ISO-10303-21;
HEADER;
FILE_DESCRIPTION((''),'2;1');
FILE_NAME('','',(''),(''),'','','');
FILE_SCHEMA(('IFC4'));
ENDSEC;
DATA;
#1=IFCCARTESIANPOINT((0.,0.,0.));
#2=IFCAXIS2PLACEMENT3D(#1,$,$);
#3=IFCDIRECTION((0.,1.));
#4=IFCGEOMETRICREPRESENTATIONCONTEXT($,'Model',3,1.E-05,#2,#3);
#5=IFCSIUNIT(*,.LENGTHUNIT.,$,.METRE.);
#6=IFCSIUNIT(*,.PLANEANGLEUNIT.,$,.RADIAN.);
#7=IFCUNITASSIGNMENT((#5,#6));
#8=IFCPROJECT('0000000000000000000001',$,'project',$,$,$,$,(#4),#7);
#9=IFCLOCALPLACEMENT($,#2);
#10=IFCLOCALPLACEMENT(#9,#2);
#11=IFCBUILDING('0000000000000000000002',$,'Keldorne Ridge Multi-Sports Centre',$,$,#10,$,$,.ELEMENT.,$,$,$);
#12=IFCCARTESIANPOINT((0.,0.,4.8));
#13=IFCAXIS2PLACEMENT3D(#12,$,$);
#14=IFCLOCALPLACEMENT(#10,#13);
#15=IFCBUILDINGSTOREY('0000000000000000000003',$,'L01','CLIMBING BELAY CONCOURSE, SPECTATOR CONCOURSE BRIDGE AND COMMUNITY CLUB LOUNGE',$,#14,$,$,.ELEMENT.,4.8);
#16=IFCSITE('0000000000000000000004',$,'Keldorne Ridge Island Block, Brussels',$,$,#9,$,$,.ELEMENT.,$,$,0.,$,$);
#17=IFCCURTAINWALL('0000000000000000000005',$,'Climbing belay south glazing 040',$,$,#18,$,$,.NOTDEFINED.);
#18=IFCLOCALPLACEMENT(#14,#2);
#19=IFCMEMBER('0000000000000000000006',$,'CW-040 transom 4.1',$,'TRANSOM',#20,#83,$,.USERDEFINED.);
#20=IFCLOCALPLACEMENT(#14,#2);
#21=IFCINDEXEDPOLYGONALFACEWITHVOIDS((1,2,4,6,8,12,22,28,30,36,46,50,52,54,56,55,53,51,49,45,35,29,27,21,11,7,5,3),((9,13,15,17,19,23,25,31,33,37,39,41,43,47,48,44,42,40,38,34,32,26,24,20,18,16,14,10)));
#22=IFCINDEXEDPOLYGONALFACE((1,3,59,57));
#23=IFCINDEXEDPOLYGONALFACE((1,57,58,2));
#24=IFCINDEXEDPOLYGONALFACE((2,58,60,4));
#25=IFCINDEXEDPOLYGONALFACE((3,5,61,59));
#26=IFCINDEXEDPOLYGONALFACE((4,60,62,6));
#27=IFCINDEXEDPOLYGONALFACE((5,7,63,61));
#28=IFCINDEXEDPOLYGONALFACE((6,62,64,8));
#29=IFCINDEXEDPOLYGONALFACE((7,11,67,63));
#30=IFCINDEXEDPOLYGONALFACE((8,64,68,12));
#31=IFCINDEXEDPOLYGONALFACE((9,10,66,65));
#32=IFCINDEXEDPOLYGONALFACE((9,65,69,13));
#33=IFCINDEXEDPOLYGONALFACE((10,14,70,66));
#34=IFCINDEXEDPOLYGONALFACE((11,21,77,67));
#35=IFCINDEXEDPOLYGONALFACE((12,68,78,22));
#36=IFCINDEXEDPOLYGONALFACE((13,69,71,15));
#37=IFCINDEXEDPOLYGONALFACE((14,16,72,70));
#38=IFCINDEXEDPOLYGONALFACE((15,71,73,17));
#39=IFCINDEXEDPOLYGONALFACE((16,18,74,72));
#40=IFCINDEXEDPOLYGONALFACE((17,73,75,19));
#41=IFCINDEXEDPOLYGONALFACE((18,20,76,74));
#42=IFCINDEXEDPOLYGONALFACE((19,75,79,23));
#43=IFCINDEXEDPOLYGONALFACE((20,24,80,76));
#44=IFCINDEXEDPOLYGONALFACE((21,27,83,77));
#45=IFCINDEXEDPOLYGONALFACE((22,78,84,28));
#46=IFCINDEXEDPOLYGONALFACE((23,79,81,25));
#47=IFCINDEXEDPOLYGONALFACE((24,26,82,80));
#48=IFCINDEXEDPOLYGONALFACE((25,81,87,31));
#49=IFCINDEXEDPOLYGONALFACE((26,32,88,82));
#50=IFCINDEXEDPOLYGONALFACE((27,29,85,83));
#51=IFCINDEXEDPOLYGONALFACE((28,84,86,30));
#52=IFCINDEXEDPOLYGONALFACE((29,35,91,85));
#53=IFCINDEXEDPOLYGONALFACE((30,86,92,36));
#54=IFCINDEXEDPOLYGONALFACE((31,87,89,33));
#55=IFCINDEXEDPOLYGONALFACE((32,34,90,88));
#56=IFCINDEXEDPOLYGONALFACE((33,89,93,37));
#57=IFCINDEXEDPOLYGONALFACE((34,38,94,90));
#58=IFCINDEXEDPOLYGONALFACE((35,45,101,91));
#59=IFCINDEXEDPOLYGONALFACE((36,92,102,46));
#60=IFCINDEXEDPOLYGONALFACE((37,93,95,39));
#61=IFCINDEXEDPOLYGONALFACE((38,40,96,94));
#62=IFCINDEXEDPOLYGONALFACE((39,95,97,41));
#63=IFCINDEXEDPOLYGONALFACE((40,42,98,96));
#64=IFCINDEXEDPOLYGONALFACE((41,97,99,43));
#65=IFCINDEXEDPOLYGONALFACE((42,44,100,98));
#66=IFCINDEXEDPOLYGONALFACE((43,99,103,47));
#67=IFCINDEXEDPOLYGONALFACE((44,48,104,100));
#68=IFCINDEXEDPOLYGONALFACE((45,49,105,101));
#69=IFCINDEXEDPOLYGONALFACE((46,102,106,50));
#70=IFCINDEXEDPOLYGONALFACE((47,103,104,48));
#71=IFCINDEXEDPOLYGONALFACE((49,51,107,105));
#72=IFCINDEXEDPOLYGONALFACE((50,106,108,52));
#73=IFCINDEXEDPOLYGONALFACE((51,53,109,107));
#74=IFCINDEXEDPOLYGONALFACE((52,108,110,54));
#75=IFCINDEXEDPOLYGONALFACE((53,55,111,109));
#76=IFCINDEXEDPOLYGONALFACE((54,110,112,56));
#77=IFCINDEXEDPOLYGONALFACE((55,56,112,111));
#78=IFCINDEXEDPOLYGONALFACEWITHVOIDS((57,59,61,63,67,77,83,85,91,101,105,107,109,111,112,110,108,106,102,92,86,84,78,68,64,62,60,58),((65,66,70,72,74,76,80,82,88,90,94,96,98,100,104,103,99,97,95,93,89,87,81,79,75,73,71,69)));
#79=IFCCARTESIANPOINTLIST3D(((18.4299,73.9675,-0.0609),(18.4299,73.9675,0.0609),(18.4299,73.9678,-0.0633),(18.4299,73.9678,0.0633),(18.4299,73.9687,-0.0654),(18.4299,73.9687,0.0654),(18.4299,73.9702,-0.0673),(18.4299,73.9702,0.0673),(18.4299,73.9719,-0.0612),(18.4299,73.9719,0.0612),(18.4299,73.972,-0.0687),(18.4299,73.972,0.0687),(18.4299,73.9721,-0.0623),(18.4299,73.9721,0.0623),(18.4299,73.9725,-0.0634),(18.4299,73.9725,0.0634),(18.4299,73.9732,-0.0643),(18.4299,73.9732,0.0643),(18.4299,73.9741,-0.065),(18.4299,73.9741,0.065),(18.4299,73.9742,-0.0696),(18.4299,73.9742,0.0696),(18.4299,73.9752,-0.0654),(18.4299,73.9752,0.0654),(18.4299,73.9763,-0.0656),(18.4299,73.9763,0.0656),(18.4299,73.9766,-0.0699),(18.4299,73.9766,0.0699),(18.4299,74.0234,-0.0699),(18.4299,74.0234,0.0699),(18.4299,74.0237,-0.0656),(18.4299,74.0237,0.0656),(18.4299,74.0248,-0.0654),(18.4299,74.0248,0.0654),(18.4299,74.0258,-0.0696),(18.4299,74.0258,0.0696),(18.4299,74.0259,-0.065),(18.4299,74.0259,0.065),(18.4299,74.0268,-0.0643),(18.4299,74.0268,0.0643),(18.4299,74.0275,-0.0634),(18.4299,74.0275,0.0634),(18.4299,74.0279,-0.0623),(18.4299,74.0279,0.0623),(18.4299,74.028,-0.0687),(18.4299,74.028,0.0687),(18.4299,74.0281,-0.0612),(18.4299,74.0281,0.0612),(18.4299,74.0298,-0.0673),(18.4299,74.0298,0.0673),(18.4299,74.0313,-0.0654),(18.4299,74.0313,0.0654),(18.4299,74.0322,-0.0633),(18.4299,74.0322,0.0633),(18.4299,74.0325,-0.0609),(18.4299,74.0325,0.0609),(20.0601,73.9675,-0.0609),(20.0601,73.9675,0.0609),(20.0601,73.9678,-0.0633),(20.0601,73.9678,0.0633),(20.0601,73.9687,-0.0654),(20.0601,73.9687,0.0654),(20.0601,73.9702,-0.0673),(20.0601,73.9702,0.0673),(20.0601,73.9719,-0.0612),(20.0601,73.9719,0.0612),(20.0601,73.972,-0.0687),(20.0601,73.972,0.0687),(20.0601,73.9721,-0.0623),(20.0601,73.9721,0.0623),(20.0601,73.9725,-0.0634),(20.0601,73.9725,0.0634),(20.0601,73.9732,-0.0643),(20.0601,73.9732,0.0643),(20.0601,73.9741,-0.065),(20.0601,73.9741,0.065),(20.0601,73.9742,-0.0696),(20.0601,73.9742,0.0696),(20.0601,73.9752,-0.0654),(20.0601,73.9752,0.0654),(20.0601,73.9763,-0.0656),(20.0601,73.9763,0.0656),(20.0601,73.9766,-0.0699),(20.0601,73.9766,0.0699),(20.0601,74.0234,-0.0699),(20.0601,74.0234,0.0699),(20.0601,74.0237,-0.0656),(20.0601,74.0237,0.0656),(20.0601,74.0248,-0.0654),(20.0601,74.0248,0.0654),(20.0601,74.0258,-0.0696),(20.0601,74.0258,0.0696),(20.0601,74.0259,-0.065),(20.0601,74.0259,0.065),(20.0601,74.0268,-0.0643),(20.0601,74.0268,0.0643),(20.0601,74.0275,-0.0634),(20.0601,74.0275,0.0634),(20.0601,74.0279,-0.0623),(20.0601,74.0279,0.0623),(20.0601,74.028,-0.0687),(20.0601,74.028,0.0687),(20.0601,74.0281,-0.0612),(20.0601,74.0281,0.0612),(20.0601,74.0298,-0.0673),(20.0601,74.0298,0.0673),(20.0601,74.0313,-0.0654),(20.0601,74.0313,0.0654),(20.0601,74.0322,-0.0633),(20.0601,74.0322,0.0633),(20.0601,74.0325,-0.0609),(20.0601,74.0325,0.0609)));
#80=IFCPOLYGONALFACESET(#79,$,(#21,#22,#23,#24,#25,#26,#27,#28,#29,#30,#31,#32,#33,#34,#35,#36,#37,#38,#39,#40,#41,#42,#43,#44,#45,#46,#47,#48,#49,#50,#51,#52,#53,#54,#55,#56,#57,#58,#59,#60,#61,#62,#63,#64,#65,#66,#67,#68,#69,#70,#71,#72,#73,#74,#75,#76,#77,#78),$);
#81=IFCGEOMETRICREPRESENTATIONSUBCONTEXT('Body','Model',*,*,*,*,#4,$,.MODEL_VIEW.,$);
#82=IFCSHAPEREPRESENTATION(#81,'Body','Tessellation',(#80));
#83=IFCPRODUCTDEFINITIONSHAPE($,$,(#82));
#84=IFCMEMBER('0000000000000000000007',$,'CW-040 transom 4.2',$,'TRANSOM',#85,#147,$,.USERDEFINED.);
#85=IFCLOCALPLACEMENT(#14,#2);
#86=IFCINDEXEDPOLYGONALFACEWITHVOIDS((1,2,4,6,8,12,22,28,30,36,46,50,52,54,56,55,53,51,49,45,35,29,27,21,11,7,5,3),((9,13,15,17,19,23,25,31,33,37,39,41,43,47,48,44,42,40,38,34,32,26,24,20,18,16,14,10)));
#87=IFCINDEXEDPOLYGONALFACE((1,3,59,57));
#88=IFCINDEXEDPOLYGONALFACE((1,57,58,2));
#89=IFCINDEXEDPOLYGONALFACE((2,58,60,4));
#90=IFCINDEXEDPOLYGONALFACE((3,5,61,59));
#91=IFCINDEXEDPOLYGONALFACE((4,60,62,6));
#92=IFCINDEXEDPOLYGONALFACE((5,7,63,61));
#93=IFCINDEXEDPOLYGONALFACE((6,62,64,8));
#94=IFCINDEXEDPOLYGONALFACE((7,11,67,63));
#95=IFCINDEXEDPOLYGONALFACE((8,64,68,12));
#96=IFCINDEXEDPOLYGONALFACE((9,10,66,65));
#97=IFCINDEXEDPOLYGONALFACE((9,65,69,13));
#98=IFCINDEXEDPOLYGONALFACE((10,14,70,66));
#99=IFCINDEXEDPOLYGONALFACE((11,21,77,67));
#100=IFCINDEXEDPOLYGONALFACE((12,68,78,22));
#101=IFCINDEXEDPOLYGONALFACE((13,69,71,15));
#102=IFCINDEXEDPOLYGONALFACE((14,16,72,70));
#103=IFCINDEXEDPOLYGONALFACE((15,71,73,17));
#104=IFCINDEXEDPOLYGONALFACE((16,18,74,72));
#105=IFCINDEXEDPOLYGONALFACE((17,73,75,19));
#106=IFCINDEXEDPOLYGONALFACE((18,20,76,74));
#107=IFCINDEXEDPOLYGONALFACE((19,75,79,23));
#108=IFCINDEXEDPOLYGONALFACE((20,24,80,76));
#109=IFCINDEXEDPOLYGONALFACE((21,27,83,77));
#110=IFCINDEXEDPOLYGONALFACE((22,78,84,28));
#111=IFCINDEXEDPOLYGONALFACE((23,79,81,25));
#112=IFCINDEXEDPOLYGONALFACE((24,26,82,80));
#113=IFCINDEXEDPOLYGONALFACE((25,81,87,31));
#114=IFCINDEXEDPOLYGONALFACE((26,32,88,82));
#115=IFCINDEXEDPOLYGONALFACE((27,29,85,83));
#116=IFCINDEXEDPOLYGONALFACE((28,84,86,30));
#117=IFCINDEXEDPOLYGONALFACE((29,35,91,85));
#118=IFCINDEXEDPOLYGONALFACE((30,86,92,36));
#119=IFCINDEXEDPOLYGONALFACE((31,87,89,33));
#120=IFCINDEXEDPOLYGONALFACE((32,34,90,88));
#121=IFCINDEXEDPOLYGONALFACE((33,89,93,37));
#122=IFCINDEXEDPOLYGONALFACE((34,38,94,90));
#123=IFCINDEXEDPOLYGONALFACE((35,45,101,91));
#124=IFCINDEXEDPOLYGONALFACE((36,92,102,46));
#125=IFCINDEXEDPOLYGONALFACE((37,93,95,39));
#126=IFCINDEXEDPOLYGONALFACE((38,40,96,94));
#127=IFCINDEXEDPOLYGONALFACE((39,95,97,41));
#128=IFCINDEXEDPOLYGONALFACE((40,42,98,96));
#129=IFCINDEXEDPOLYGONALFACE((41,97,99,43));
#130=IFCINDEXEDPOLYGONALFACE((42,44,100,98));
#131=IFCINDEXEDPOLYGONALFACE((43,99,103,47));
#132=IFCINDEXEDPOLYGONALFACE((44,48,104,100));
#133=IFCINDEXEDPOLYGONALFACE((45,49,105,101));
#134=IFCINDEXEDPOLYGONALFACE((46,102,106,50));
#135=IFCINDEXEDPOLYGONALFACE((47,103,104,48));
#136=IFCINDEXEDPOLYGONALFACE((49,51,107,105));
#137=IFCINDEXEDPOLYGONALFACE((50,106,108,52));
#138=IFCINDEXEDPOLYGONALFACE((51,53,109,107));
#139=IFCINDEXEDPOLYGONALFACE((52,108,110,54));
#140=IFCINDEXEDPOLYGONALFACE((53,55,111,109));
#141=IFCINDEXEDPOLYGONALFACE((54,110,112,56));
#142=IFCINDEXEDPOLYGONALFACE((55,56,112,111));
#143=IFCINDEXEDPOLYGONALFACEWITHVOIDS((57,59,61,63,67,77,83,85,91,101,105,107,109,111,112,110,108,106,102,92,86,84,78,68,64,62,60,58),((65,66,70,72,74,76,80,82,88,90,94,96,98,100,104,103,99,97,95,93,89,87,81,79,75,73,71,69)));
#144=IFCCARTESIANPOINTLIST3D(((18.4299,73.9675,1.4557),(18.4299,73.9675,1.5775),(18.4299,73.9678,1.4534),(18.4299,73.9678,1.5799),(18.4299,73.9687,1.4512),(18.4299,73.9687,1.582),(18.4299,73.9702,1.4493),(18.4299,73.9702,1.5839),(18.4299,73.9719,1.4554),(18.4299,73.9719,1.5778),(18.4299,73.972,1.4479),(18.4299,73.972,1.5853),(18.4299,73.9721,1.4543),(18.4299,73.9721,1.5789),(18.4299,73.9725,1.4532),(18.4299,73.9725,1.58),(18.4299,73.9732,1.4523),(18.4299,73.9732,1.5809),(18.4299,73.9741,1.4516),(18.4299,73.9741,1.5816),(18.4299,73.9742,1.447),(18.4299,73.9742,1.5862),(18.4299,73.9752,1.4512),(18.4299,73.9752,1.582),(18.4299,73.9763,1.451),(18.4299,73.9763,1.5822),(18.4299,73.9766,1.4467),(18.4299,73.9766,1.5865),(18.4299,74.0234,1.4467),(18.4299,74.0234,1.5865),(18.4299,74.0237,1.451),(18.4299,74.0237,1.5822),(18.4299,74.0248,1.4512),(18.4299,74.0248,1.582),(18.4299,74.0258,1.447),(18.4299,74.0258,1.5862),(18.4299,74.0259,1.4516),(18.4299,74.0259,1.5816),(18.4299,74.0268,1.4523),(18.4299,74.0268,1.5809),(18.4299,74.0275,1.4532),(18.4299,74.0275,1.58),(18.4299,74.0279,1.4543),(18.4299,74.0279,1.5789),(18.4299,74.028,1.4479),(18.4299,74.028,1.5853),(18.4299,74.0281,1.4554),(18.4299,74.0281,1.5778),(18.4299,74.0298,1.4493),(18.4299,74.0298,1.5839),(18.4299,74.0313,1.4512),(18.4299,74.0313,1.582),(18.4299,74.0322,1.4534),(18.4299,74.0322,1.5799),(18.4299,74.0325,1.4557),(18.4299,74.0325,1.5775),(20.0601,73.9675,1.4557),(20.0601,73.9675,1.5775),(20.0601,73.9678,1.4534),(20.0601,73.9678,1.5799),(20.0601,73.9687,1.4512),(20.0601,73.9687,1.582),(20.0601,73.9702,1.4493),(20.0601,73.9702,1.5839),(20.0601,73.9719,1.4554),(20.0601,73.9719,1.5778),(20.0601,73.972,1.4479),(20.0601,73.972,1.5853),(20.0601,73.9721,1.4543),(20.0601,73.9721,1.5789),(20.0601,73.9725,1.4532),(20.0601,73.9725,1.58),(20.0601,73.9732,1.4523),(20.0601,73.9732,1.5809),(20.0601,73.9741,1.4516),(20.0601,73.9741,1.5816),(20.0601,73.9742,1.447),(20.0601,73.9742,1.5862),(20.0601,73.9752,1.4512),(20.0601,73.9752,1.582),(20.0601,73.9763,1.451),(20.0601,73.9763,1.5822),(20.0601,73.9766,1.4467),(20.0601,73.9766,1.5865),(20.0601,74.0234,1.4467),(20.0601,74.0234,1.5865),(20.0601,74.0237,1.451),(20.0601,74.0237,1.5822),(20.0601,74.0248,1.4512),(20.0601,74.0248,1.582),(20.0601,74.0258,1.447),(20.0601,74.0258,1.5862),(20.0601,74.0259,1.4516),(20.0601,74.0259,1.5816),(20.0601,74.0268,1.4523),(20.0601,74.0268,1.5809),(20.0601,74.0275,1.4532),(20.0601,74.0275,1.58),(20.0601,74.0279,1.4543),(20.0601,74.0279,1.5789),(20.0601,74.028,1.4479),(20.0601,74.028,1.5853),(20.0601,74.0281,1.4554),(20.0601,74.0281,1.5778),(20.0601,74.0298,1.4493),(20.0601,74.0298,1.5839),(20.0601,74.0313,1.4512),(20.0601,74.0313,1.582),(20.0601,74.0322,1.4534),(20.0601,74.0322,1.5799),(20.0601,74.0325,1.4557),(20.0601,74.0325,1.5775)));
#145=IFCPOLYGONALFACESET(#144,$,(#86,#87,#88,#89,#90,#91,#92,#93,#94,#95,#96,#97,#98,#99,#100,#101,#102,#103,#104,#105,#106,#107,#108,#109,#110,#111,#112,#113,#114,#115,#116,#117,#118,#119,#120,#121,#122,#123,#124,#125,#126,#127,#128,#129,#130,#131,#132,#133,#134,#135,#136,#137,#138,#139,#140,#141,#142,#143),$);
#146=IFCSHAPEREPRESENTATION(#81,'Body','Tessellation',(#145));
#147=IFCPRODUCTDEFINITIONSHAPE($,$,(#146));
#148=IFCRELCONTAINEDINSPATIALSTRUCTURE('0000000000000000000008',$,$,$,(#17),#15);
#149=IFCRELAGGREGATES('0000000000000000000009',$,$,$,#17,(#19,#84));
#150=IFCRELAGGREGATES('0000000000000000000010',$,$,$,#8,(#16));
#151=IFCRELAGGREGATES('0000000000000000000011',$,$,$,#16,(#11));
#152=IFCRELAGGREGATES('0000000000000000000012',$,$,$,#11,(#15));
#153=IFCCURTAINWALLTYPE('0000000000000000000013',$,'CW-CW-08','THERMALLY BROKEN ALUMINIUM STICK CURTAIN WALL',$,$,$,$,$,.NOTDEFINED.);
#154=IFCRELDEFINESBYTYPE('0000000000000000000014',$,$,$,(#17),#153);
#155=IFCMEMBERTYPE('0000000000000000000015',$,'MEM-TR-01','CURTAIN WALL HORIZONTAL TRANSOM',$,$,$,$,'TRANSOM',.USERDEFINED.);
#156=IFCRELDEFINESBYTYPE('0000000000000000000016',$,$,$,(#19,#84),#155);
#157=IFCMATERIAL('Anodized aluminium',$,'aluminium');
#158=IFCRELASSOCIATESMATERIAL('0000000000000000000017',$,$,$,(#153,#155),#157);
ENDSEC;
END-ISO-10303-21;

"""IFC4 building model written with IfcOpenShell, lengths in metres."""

from ifc_helpers import new_model, si_unit, direction, frame, origin, origin_2d, place, context, subcontext, project, spatial, hollow_rectangle, extrude, material, material_profile, profile_set, type_object, element, aggregate, save


model = new_model("IFC4")

# Units and contexts
model_context = context("Model", 3, precision=1e-05, world=origin(), true_north=direction((0.0, 1.0)))
body_context = subcontext(model_context, "Body", "Model", "MODEL_VIEW")
ifc_project = project(units=[si_unit("LENGTHUNIT", "METRE"), si_unit("PLANEANGLEUNIT", "RADIAN")], contexts=[model_context])

# Site, building, storey
site_placement = place(None, origin())
site = spatial("IfcSite", under=ifc_project, at=site_placement, Name="Keldorne Ridge Island Block, Brussels", CompositionType="ELEMENT", RefElevation=0.0)
building_placement = place(site_placement, origin())
building = spatial("IfcBuilding", under=site, at=building_placement, Name="Keldorne Ridge Multi-Sports Centre", CompositionType="ELEMENT")
storey_placement = place(building_placement, frame((0.0, 0.0, 4.8)))
storey = spatial("IfcBuildingStorey", under=building, at=storey_placement, Name="L01", Description="CLIMBING BELAY CONCOURSE, SPECTATOR CONCOURSE BRIDGE AND COMMUNITY CLUB LOUNGE", CompositionType="ELEMENT", Elevation=4.8)

# Curtain wall
ifc_material_1 = material(Name="Anodized aluminium", Category="aluminium")
curtain_wall_type_1 = type_object("IfcCurtainWallType", Name="CW-CW-08", Description="THERMALLY BROKEN ALUMINIUM STICK CURTAIN WALL", PredefinedType="NOTDEFINED", material=ifc_material_1)
curtain_wall_1_placement = place(storey_placement, origin())
curtain_wall_1 = element("IfcCurtainWall", 1, at=curtain_wall_1_placement, inside=storey, type_object=curtain_wall_type_1, Name="Climbing belay south glazing 040", PredefinedType="NOTDEFINED")

# Members
ifc_material_profile_1 = material_profile(ifc_material_1, hollow_rectangle(XDim=0.0649, YDim=0.1399, WallThickness=0.0044, InnerFilletRadius=0.0044, OuterFilletRadius=0.009, at=origin_2d()), Name="ALU TRANSOM 140x65x4.5")
ifc_profile_set_1 = profile_set([ifc_material_profile_1], Name="Anodized aluminium")
member_type_1 = type_object("IfcMemberType", Name="MEM-TR-01", Description="CURTAIN WALL HORIZONTAL TRANSOM", ElementType="TRANSOM", PredefinedType="USERDEFINED", material=ifc_profile_set_1)
member_1_placement = place(storey_placement, frame((18.4299, 74.0, 0.0), z_axis=(1.0, 0.0, 0.0), x_axis=(0.0, 1.0, 0.0)))
member_1 = element("IfcMember", 2, at=member_1_placement, type_object=member_type_1, Name="CW-040 transom 4.1", ObjectType="TRANSOM", PredefinedType="USERDEFINED", context=body_context, shape_type="SweptSolid", body=[
    extrude(hollow_rectangle(XDim=0.0649, YDim=0.1399, WallThickness=0.0044, InnerFilletRadius=0.0044, OuterFilletRadius=0.009, at=origin_2d()), origin(), (0.0, 0.0, 1.0), 1.6301),
])
member_2_placement = place(storey_placement, frame((18.4299, 74.0, 1.5166), z_axis=(1.0, 0.0, 0.0), x_axis=(0.0, 1.0, 0.0)))
member_2 = element("IfcMember", 3, at=member_2_placement, type_object=member_type_1, Name="CW-040 transom 4.2", ObjectType="TRANSOM", PredefinedType="USERDEFINED", context=body_context, shape_type="SweptSolid", body=[
    extrude(hollow_rectangle(XDim=0.0649, YDim=0.1399, WallThickness=0.0044, InnerFilletRadius=0.0044, OuterFilletRadius=0.009, at=origin_2d()), origin(), (0.0, 0.0, 1.0), 1.6301),
])

aggregate(curtain_wall_1, [member_1, member_2])

save(model, "model.ifc")
